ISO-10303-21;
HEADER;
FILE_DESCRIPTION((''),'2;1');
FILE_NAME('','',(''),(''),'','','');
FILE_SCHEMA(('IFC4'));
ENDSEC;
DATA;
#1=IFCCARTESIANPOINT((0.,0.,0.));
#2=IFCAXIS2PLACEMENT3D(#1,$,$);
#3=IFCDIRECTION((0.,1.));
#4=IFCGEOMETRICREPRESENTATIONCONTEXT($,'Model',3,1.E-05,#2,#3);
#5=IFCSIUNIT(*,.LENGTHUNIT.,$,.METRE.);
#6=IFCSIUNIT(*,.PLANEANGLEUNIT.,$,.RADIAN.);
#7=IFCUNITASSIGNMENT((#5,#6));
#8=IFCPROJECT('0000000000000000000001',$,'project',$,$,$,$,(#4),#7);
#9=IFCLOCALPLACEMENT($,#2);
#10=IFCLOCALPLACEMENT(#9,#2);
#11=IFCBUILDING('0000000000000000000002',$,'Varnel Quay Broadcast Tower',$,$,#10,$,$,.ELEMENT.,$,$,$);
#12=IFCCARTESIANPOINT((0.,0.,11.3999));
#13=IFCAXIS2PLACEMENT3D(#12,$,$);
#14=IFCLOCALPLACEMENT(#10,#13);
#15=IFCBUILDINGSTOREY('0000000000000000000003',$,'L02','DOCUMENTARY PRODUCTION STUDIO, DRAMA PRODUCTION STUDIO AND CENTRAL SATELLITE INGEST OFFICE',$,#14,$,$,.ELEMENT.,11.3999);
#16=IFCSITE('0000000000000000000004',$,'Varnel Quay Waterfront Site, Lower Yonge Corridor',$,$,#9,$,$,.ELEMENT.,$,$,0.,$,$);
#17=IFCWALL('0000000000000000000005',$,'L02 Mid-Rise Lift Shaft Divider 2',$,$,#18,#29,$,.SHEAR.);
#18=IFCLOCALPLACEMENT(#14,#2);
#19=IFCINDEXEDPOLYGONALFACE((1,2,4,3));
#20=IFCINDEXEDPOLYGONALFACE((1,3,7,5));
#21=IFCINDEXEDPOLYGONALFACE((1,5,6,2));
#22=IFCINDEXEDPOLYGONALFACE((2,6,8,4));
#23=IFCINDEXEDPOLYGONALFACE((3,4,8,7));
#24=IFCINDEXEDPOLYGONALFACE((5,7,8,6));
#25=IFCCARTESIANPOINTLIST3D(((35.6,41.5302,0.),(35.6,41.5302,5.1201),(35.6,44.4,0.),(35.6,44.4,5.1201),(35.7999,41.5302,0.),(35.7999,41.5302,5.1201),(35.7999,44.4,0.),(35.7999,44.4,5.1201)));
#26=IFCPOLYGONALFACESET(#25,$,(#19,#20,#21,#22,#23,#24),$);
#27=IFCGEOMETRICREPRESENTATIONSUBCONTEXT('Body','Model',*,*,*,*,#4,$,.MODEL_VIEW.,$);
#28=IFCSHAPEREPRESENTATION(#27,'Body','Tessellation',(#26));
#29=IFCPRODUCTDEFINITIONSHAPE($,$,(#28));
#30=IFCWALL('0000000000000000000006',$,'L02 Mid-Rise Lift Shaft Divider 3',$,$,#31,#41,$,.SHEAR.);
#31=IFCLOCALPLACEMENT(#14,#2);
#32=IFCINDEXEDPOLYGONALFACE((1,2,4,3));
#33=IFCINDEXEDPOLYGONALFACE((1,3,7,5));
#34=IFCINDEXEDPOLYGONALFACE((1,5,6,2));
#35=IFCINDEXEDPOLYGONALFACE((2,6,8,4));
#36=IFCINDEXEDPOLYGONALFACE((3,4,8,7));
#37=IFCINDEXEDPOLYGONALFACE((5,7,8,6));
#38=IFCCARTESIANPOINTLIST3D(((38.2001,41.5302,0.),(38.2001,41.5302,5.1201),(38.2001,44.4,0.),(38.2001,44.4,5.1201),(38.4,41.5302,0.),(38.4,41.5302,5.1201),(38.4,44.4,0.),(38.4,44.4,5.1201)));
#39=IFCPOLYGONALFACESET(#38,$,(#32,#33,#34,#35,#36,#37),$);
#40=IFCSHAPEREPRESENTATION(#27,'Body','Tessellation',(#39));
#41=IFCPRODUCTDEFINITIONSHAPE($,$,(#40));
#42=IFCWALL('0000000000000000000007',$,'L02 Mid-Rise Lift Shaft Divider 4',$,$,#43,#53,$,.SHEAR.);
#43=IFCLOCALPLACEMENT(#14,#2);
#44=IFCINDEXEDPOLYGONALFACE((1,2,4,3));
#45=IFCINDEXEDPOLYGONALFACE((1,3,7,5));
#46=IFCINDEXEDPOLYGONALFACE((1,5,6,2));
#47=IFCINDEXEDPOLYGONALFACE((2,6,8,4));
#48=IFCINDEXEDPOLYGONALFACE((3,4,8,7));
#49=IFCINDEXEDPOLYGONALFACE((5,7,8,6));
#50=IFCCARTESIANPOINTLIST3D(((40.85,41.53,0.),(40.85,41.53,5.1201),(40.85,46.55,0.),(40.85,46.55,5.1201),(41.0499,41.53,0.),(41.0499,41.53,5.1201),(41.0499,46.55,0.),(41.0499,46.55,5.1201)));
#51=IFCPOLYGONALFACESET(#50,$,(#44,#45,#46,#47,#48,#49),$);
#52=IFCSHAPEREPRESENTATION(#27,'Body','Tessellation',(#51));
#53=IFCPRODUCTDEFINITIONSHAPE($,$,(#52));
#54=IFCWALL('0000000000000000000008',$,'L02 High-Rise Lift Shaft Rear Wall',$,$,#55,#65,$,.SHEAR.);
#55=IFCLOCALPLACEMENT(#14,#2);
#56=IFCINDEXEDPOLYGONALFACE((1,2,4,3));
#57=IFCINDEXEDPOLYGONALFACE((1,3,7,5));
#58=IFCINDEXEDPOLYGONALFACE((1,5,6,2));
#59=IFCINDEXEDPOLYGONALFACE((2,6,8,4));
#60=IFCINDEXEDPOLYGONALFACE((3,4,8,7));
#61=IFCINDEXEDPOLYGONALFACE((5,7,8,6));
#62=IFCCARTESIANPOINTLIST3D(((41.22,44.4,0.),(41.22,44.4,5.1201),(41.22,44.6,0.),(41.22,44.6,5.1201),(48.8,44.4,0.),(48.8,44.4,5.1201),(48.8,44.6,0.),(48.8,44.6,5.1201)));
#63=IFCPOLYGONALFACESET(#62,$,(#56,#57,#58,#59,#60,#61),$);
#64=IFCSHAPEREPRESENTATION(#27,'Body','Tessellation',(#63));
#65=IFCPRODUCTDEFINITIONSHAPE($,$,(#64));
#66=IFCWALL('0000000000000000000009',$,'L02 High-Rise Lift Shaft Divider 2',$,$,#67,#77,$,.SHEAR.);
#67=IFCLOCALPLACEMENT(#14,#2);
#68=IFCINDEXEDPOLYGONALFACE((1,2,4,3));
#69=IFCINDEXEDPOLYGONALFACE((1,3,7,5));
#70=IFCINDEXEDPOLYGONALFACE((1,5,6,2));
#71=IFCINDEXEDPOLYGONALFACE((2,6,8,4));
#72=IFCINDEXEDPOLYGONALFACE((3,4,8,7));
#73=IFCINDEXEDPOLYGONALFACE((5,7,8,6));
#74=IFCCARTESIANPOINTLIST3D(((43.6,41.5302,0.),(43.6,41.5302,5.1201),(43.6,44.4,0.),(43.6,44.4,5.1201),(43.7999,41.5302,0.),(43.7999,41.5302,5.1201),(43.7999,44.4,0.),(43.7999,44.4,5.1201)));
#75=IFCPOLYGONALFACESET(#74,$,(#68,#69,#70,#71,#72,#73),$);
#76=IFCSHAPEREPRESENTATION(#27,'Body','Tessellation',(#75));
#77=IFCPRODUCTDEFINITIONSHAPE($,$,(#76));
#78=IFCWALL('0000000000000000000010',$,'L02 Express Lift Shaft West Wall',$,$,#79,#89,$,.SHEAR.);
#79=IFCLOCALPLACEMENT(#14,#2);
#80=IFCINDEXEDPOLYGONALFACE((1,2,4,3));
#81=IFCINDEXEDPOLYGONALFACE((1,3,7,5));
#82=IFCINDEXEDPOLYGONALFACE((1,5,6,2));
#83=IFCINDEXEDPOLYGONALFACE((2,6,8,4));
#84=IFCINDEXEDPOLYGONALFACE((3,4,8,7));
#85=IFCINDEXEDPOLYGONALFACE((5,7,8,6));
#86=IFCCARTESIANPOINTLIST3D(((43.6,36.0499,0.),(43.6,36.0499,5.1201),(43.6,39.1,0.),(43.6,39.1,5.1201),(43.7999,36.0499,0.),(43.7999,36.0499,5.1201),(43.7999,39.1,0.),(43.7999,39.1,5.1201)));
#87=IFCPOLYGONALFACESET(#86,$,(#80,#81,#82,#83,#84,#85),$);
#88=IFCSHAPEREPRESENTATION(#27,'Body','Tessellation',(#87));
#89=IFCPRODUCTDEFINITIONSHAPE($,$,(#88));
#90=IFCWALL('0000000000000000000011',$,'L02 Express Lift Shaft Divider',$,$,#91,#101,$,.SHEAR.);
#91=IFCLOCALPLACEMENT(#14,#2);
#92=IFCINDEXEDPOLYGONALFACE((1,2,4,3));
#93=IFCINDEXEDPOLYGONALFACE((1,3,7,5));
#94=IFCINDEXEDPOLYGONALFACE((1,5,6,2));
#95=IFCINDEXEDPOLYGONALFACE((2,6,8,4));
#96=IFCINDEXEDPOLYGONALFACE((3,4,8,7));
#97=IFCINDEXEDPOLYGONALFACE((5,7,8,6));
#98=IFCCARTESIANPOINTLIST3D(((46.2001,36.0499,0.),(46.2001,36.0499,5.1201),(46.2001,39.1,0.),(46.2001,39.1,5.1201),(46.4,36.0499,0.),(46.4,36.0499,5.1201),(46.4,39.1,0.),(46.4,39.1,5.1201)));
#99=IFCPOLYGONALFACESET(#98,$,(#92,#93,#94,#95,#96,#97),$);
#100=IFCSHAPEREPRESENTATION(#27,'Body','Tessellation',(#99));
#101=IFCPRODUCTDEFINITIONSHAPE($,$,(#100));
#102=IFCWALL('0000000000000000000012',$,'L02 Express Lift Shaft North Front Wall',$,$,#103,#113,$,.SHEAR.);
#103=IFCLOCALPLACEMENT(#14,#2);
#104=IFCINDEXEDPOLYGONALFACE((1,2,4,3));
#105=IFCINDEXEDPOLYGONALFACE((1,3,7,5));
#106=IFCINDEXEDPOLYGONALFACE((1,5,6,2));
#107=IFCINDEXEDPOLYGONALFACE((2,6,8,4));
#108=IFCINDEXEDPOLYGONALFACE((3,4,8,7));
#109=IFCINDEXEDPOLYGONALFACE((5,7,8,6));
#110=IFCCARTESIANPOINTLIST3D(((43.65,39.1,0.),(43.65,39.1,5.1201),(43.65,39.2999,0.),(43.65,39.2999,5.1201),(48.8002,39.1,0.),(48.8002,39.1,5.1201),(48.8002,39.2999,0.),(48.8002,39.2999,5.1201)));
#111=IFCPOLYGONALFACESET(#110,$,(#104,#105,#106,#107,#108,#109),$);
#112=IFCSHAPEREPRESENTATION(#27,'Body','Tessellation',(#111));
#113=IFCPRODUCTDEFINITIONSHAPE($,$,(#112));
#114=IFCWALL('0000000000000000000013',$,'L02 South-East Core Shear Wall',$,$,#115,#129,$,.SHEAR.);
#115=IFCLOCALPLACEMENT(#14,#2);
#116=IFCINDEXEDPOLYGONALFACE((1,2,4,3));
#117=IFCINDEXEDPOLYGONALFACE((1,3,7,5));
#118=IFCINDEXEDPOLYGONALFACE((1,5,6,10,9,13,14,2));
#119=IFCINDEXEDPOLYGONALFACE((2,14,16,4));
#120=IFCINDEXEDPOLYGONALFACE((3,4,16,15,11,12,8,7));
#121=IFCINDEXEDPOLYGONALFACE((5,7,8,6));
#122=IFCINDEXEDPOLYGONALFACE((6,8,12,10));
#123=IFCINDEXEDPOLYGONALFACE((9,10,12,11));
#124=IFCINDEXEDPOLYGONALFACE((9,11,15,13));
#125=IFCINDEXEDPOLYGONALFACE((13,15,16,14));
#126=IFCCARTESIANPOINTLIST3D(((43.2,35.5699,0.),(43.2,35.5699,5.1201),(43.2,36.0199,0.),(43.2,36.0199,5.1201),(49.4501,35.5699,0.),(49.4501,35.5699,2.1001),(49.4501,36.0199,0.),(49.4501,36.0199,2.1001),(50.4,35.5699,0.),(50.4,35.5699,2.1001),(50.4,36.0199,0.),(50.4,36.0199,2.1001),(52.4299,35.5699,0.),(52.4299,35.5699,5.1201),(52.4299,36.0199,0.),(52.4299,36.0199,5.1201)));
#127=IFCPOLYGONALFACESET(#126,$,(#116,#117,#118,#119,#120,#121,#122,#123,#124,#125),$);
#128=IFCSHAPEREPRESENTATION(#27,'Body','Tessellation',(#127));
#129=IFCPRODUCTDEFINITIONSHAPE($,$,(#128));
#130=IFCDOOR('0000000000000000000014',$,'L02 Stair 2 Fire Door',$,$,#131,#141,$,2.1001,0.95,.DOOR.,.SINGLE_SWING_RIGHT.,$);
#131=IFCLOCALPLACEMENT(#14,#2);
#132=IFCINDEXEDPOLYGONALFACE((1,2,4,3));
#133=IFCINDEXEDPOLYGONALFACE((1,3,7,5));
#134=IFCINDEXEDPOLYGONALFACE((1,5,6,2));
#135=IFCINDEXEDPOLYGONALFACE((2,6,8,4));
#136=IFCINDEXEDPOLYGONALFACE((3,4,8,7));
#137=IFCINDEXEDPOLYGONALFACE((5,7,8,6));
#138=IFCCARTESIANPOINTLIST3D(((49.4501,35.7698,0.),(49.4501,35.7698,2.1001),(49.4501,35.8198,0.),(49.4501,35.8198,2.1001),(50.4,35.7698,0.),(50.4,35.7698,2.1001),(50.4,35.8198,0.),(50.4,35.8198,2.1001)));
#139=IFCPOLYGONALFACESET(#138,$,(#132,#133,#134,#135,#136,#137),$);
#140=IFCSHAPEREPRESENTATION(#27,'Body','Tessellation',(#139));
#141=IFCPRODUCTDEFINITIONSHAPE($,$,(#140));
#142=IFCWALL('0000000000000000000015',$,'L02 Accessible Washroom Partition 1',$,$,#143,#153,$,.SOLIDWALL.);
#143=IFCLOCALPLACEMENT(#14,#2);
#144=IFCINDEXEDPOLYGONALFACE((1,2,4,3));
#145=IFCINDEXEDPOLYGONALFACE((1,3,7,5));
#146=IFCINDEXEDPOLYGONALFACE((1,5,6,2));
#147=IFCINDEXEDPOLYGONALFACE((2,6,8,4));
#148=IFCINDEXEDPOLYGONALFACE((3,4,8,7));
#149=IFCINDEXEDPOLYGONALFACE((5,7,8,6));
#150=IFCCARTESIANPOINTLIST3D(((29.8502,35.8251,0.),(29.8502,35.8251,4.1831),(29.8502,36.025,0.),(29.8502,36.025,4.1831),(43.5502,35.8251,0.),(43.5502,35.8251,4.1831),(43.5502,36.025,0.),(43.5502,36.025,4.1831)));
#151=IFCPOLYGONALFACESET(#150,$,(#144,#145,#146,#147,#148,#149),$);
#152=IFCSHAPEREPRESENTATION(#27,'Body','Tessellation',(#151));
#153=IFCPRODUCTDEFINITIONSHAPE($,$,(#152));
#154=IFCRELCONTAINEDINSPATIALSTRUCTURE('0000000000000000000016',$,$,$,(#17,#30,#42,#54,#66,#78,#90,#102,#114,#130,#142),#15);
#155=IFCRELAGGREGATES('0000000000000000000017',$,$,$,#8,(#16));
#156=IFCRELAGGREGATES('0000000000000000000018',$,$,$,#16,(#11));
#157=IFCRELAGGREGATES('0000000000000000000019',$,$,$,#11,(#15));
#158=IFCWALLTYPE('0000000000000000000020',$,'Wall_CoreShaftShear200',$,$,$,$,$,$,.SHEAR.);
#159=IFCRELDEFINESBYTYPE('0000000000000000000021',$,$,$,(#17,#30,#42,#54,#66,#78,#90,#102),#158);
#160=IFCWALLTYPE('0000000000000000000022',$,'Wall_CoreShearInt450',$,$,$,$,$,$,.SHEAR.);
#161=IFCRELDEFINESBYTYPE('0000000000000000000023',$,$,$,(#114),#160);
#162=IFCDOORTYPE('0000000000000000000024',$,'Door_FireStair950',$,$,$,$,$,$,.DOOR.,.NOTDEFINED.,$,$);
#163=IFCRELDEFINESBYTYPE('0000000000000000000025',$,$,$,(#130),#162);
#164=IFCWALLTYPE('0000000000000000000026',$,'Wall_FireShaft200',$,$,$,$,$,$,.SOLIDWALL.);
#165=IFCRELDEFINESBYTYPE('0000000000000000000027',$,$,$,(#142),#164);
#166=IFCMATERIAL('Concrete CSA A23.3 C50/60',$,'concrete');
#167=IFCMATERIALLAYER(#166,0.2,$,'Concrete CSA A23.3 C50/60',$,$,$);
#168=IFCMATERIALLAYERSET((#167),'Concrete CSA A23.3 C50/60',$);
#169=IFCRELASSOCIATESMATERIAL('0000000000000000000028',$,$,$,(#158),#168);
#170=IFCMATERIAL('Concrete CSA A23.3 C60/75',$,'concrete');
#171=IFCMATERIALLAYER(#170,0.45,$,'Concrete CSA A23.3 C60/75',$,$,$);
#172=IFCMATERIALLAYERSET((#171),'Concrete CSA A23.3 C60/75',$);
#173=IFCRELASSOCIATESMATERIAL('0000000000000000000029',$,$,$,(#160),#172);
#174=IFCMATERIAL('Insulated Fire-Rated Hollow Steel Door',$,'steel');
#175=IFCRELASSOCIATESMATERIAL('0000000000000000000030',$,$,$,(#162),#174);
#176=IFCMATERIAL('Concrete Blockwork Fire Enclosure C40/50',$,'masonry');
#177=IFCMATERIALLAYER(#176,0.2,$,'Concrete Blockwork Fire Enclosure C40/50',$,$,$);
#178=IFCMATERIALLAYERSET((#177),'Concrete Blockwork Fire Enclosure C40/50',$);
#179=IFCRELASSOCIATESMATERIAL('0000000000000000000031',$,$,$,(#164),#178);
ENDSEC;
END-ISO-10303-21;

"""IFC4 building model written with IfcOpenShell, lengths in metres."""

from ifc_helpers import new_model, si_unit, direction, frame, frame_2d, origin, place, context, subcontext, project, spatial, rectangle, extrude, source, transform, mapped, material, layer, layer_set, type_object, type_shapes, element, fill, save


model = new_model("IFC4")

# Units and contexts
model_context = context("Model", 3, precision=1e-05, world=origin(), true_north=direction((0.0, 1.0)))
body_context = subcontext(model_context, "Body", "Model", "MODEL_VIEW")
ifc_project = project(units=[si_unit("LENGTHUNIT", "METRE"), si_unit("PLANEANGLEUNIT", "RADIAN")], contexts=[model_context])

# Site, building, storey
site_placement = place(None, origin())
site = spatial("IfcSite", under=ifc_project, at=site_placement, Name="Varnel Quay Waterfront Site, Lower Yonge Corridor", CompositionType="ELEMENT", RefElevation=0.0)
building_placement = place(site_placement, origin())
building = spatial("IfcBuilding", under=site, at=building_placement, Name="Varnel Quay Broadcast Tower", CompositionType="ELEMENT")
storey_placement = place(building_placement, frame((0.0, 0.0, 11.3999)))
storey = spatial("IfcBuildingStorey", under=building, at=storey_placement, Name="L02", Description="DOCUMENTARY PRODUCTION STUDIO, DRAMA PRODUCTION STUDIO AND CENTRAL SATELLITE INGEST OFFICE", CompositionType="ELEMENT", Elevation=11.3999)

# Walls
ifc_material_1 = material(Name="Concrete CSA A23.3 C50/60", Category="concrete")
ifc_layer_1 = layer(ifc_material_1, 0.2, Name="Concrete CSA A23.3 C50/60")
ifc_layer_set_1 = layer_set([ifc_layer_1], Name="Concrete CSA A23.3 C50/60")
wall_type_1 = type_object("IfcWallType", Name="Wall_CoreShaftShear200", PredefinedType="SHEAR", material=ifc_layer_set_1)
for number, where, z_axis, x_axis, name in (
    (1, (35.7, 41.53, 0.0), (0.0, 0.0, 1.0), (0.0, 1.0, 0.0), "L02 Mid-Rise Lift Shaft Divider 2"),
    (2, (38.3, 41.53, 0.0), (0.0, 0.0, 1.0), (0.0, 1.0, 0.0), "L02 Mid-Rise Lift Shaft Divider 3"),
):
    element("IfcWall", number, at=place(storey_placement, frame(where, z_axis=z_axis, x_axis=x_axis)), inside=storey, type_object=wall_type_1, Name=name, PredefinedType="SHEAR", context=body_context, shape_type="SweptSolid", body=[
        extrude(rectangle(XDim=2.8699, YDim=0.2, at=frame_2d((1.4351, 0.0))), origin(), (0.0, 0.0, 1.0), 5.1201),
    ])
wall_1_placement = place(storey_placement, frame((40.95, 41.53, 0.0), z_axis=(0.0, 0.0, 1.0), x_axis=(0.0, 1.0, 0.0)))
element("IfcWall", 3, at=wall_1_placement, inside=storey, type_object=wall_type_1, Name="L02 Mid-Rise Lift Shaft Divider 4", PredefinedType="SHEAR", context=body_context, shape_type="SweptSolid", body=[
    extrude(rectangle(XDim=5.02, YDim=0.2, at=frame_2d((2.51, 0.0))), origin(), (0.0, 0.0, 1.0), 5.1201),
])
wall_2_placement = place(storey_placement, frame((41.22, 44.5, 0.0), z_axis=(0.0, 0.0, 1.0), x_axis=(1.0, 0.0, 0.0)))
element("IfcWall", 4, at=wall_2_placement, inside=storey, type_object=wall_type_1, Name="L02 High-Rise Lift Shaft Rear Wall", PredefinedType="SHEAR", context=body_context, shape_type="SweptSolid", body=[
    extrude(rectangle(XDim=7.5801, YDim=0.2, at=frame_2d((3.79, 0.0))), origin(), (0.0, 0.0, 1.0), 5.1201),
])
wall_3_placement = place(storey_placement, frame((43.7, 41.53, 0.0), z_axis=(0.0, 0.0, 1.0), x_axis=(0.0, 1.0, 0.0)))
element("IfcWall", 5, at=wall_3_placement, inside=storey, type_object=wall_type_1, Name="L02 High-Rise Lift Shaft Divider 2", PredefinedType="SHEAR", context=body_context, shape_type="SweptSolid", body=[
    extrude(rectangle(XDim=2.8699, YDim=0.2, at=frame_2d((1.4351, 0.0))), origin(), (0.0, 0.0, 1.0), 5.1201),
])
for number, where, z_axis, x_axis, name in (
    (6, (43.7, 36.05, 0.0), (0.0, 0.0, 1.0), (0.0, 1.0, 0.0), "L02 Express Lift Shaft West Wall"),
    (7, (46.3, 36.05, 0.0), (0.0, 0.0, 1.0), (0.0, 1.0, 0.0), "L02 Express Lift Shaft Divider"),
):
    element("IfcWall", number, at=place(storey_placement, frame(where, z_axis=z_axis, x_axis=x_axis)), inside=storey, type_object=wall_type_1, Name=name, PredefinedType="SHEAR", context=body_context, shape_type="SweptSolid", body=[
        extrude(rectangle(XDim=3.05, YDim=0.2, at=frame_2d((1.5249, 0.0))), origin(), (0.0, 0.0, 1.0), 5.1201),
    ])
wall_4_placement = place(storey_placement, frame((43.6499, 39.2, 0.0), z_axis=(0.0, 0.0, 1.0), x_axis=(1.0, 0.0, 0.0)))
element("IfcWall", 8, at=wall_4_placement, inside=storey, type_object=wall_type_1, Name="L02 Express Lift Shaft North Front Wall", PredefinedType="SHEAR", context=body_context, shape_type="SweptSolid", body=[
    extrude(rectangle(XDim=5.1501, YDim=0.2, at=frame_2d((2.5752, 0.0))), origin(), (0.0, 0.0, 1.0), 5.1201),
])

# Wall, opening, door
ifc_material_2 = material(Name="Concrete CSA A23.3 C60/75", Category="concrete")
ifc_layer_2 = layer(ifc_material_2, 0.45, Name="Concrete CSA A23.3 C60/75")
ifc_layer_set_2 = layer_set([ifc_layer_2], Name="Concrete CSA A23.3 C60/75")
wall_type_2 = type_object("IfcWallType", Name="Wall_CoreShearInt450", PredefinedType="SHEAR", material=ifc_layer_set_2)
wall_5_placement = place(storey_placement, frame((43.2, 35.7949, 0.0), z_axis=(0.0, 0.0, 1.0), x_axis=(1.0, 0.0, 0.0)))
wall_5 = element("IfcWall", 9, at=wall_5_placement, inside=storey, type_object=wall_type_2, Name="L02 South-East Core Shear Wall", PredefinedType="SHEAR", context=body_context, shape_type="SweptSolid", body=[
    extrude(rectangle(XDim=9.23, YDim=0.45, at=frame_2d((4.615, 0.0))), origin(), (0.0, 0.0, 1.0), 5.1201),
])
opening_1_placement = place(wall_5_placement, frame((6.25, 0.0, 0.0)))
opening_1 = element("IfcOpeningElement", 10, at=opening_1_placement, cuts=wall_5, PredefinedType="OPENING", context=body_context, shape_type="SweptSolid", body=[
    extrude(rectangle(XDim=0.95, YDim=2.1001, at=frame_2d((0.4751, 1.05))), frame((0.0, 0.2349, 0.0), z_axis=(0.0, -1.0, 0.0), x_axis=(1.0, 0.0, 0.0)), (0.0, 0.0, 1.0), 0.47),
])
ifc_material_3 = material(Name="Insulated Fire-Rated Hollow Steel Door", Category="steel")
door_type_1 = type_object("IfcDoorType", Name="Door_FireStair950", OperationType="NOTDEFINED", PredefinedType="DOOR", material=ifc_material_3)
shared_shape_1 = source(origin(), body_context, "Body", "SweptSolid", [
    extrude(rectangle(XDim=0.95, YDim=2.1001, at=frame_2d((0.4751, 1.05))), frame((0.0, 0.0249, 0.0), z_axis=(0.0, -1.0, 0.0), x_axis=(1.0, 0.0, 0.0)), (0.0, 0.0, 1.0), 0.05),
])
type_shapes(door_type_1, [shared_shape_1])
door_1_placement = place(opening_1_placement, origin())
door_1 = element("IfcDoor", 11, at=door_1_placement, inside=storey, type_object=door_type_1, Name="L02 Stair 2 Fire Door", OperationType="SINGLE_SWING_RIGHT", OverallHeight=2.1001, OverallWidth=0.95, PredefinedType="DOOR", context=body_context, shape_type="MappedRepresentation", body=[
    mapped(shared_shape_1, transform((0.0, 0.0, 0.0), x_axis=(1.0, 0.0, 0.0), y_axis=(0.0, 1.0, 0.0), z_axis=(0.0, 0.0, 1.0), scale=1.0)),
])
fill(opening_1, door_1)

# Wall
ifc_material_4 = material(Name="Concrete Blockwork Fire Enclosure C40/50", Category="masonry")
ifc_layer_3 = layer(ifc_material_4, 0.2, Name="Concrete Blockwork Fire Enclosure C40/50")
ifc_layer_set_3 = layer_set([ifc_layer_3], Name="Concrete Blockwork Fire Enclosure C40/50")
wall_type_3 = type_object("IfcWallType", Name="Wall_FireShaft200", PredefinedType="SOLIDWALL", material=ifc_layer_set_3)
wall_6_placement = place(storey_placement, frame((29.8501, 35.925, 0.0), z_axis=(0.0, 0.0, 1.0), x_axis=(1.0, 0.0, 0.0)))
element("IfcWall", 12, at=wall_6_placement, inside=storey, type_object=wall_type_3, Name="L02 Accessible Washroom Partition 1", PredefinedType="SOLIDWALL", context=body_context, shape_type="SweptSolid", body=[
    extrude(rectangle(XDim=13.7, YDim=0.2, at=frame_2d((6.8501, 0.0))), origin(), (0.0, 0.0, 1.0), 4.1831),
])

save(model, "model.ifc")
